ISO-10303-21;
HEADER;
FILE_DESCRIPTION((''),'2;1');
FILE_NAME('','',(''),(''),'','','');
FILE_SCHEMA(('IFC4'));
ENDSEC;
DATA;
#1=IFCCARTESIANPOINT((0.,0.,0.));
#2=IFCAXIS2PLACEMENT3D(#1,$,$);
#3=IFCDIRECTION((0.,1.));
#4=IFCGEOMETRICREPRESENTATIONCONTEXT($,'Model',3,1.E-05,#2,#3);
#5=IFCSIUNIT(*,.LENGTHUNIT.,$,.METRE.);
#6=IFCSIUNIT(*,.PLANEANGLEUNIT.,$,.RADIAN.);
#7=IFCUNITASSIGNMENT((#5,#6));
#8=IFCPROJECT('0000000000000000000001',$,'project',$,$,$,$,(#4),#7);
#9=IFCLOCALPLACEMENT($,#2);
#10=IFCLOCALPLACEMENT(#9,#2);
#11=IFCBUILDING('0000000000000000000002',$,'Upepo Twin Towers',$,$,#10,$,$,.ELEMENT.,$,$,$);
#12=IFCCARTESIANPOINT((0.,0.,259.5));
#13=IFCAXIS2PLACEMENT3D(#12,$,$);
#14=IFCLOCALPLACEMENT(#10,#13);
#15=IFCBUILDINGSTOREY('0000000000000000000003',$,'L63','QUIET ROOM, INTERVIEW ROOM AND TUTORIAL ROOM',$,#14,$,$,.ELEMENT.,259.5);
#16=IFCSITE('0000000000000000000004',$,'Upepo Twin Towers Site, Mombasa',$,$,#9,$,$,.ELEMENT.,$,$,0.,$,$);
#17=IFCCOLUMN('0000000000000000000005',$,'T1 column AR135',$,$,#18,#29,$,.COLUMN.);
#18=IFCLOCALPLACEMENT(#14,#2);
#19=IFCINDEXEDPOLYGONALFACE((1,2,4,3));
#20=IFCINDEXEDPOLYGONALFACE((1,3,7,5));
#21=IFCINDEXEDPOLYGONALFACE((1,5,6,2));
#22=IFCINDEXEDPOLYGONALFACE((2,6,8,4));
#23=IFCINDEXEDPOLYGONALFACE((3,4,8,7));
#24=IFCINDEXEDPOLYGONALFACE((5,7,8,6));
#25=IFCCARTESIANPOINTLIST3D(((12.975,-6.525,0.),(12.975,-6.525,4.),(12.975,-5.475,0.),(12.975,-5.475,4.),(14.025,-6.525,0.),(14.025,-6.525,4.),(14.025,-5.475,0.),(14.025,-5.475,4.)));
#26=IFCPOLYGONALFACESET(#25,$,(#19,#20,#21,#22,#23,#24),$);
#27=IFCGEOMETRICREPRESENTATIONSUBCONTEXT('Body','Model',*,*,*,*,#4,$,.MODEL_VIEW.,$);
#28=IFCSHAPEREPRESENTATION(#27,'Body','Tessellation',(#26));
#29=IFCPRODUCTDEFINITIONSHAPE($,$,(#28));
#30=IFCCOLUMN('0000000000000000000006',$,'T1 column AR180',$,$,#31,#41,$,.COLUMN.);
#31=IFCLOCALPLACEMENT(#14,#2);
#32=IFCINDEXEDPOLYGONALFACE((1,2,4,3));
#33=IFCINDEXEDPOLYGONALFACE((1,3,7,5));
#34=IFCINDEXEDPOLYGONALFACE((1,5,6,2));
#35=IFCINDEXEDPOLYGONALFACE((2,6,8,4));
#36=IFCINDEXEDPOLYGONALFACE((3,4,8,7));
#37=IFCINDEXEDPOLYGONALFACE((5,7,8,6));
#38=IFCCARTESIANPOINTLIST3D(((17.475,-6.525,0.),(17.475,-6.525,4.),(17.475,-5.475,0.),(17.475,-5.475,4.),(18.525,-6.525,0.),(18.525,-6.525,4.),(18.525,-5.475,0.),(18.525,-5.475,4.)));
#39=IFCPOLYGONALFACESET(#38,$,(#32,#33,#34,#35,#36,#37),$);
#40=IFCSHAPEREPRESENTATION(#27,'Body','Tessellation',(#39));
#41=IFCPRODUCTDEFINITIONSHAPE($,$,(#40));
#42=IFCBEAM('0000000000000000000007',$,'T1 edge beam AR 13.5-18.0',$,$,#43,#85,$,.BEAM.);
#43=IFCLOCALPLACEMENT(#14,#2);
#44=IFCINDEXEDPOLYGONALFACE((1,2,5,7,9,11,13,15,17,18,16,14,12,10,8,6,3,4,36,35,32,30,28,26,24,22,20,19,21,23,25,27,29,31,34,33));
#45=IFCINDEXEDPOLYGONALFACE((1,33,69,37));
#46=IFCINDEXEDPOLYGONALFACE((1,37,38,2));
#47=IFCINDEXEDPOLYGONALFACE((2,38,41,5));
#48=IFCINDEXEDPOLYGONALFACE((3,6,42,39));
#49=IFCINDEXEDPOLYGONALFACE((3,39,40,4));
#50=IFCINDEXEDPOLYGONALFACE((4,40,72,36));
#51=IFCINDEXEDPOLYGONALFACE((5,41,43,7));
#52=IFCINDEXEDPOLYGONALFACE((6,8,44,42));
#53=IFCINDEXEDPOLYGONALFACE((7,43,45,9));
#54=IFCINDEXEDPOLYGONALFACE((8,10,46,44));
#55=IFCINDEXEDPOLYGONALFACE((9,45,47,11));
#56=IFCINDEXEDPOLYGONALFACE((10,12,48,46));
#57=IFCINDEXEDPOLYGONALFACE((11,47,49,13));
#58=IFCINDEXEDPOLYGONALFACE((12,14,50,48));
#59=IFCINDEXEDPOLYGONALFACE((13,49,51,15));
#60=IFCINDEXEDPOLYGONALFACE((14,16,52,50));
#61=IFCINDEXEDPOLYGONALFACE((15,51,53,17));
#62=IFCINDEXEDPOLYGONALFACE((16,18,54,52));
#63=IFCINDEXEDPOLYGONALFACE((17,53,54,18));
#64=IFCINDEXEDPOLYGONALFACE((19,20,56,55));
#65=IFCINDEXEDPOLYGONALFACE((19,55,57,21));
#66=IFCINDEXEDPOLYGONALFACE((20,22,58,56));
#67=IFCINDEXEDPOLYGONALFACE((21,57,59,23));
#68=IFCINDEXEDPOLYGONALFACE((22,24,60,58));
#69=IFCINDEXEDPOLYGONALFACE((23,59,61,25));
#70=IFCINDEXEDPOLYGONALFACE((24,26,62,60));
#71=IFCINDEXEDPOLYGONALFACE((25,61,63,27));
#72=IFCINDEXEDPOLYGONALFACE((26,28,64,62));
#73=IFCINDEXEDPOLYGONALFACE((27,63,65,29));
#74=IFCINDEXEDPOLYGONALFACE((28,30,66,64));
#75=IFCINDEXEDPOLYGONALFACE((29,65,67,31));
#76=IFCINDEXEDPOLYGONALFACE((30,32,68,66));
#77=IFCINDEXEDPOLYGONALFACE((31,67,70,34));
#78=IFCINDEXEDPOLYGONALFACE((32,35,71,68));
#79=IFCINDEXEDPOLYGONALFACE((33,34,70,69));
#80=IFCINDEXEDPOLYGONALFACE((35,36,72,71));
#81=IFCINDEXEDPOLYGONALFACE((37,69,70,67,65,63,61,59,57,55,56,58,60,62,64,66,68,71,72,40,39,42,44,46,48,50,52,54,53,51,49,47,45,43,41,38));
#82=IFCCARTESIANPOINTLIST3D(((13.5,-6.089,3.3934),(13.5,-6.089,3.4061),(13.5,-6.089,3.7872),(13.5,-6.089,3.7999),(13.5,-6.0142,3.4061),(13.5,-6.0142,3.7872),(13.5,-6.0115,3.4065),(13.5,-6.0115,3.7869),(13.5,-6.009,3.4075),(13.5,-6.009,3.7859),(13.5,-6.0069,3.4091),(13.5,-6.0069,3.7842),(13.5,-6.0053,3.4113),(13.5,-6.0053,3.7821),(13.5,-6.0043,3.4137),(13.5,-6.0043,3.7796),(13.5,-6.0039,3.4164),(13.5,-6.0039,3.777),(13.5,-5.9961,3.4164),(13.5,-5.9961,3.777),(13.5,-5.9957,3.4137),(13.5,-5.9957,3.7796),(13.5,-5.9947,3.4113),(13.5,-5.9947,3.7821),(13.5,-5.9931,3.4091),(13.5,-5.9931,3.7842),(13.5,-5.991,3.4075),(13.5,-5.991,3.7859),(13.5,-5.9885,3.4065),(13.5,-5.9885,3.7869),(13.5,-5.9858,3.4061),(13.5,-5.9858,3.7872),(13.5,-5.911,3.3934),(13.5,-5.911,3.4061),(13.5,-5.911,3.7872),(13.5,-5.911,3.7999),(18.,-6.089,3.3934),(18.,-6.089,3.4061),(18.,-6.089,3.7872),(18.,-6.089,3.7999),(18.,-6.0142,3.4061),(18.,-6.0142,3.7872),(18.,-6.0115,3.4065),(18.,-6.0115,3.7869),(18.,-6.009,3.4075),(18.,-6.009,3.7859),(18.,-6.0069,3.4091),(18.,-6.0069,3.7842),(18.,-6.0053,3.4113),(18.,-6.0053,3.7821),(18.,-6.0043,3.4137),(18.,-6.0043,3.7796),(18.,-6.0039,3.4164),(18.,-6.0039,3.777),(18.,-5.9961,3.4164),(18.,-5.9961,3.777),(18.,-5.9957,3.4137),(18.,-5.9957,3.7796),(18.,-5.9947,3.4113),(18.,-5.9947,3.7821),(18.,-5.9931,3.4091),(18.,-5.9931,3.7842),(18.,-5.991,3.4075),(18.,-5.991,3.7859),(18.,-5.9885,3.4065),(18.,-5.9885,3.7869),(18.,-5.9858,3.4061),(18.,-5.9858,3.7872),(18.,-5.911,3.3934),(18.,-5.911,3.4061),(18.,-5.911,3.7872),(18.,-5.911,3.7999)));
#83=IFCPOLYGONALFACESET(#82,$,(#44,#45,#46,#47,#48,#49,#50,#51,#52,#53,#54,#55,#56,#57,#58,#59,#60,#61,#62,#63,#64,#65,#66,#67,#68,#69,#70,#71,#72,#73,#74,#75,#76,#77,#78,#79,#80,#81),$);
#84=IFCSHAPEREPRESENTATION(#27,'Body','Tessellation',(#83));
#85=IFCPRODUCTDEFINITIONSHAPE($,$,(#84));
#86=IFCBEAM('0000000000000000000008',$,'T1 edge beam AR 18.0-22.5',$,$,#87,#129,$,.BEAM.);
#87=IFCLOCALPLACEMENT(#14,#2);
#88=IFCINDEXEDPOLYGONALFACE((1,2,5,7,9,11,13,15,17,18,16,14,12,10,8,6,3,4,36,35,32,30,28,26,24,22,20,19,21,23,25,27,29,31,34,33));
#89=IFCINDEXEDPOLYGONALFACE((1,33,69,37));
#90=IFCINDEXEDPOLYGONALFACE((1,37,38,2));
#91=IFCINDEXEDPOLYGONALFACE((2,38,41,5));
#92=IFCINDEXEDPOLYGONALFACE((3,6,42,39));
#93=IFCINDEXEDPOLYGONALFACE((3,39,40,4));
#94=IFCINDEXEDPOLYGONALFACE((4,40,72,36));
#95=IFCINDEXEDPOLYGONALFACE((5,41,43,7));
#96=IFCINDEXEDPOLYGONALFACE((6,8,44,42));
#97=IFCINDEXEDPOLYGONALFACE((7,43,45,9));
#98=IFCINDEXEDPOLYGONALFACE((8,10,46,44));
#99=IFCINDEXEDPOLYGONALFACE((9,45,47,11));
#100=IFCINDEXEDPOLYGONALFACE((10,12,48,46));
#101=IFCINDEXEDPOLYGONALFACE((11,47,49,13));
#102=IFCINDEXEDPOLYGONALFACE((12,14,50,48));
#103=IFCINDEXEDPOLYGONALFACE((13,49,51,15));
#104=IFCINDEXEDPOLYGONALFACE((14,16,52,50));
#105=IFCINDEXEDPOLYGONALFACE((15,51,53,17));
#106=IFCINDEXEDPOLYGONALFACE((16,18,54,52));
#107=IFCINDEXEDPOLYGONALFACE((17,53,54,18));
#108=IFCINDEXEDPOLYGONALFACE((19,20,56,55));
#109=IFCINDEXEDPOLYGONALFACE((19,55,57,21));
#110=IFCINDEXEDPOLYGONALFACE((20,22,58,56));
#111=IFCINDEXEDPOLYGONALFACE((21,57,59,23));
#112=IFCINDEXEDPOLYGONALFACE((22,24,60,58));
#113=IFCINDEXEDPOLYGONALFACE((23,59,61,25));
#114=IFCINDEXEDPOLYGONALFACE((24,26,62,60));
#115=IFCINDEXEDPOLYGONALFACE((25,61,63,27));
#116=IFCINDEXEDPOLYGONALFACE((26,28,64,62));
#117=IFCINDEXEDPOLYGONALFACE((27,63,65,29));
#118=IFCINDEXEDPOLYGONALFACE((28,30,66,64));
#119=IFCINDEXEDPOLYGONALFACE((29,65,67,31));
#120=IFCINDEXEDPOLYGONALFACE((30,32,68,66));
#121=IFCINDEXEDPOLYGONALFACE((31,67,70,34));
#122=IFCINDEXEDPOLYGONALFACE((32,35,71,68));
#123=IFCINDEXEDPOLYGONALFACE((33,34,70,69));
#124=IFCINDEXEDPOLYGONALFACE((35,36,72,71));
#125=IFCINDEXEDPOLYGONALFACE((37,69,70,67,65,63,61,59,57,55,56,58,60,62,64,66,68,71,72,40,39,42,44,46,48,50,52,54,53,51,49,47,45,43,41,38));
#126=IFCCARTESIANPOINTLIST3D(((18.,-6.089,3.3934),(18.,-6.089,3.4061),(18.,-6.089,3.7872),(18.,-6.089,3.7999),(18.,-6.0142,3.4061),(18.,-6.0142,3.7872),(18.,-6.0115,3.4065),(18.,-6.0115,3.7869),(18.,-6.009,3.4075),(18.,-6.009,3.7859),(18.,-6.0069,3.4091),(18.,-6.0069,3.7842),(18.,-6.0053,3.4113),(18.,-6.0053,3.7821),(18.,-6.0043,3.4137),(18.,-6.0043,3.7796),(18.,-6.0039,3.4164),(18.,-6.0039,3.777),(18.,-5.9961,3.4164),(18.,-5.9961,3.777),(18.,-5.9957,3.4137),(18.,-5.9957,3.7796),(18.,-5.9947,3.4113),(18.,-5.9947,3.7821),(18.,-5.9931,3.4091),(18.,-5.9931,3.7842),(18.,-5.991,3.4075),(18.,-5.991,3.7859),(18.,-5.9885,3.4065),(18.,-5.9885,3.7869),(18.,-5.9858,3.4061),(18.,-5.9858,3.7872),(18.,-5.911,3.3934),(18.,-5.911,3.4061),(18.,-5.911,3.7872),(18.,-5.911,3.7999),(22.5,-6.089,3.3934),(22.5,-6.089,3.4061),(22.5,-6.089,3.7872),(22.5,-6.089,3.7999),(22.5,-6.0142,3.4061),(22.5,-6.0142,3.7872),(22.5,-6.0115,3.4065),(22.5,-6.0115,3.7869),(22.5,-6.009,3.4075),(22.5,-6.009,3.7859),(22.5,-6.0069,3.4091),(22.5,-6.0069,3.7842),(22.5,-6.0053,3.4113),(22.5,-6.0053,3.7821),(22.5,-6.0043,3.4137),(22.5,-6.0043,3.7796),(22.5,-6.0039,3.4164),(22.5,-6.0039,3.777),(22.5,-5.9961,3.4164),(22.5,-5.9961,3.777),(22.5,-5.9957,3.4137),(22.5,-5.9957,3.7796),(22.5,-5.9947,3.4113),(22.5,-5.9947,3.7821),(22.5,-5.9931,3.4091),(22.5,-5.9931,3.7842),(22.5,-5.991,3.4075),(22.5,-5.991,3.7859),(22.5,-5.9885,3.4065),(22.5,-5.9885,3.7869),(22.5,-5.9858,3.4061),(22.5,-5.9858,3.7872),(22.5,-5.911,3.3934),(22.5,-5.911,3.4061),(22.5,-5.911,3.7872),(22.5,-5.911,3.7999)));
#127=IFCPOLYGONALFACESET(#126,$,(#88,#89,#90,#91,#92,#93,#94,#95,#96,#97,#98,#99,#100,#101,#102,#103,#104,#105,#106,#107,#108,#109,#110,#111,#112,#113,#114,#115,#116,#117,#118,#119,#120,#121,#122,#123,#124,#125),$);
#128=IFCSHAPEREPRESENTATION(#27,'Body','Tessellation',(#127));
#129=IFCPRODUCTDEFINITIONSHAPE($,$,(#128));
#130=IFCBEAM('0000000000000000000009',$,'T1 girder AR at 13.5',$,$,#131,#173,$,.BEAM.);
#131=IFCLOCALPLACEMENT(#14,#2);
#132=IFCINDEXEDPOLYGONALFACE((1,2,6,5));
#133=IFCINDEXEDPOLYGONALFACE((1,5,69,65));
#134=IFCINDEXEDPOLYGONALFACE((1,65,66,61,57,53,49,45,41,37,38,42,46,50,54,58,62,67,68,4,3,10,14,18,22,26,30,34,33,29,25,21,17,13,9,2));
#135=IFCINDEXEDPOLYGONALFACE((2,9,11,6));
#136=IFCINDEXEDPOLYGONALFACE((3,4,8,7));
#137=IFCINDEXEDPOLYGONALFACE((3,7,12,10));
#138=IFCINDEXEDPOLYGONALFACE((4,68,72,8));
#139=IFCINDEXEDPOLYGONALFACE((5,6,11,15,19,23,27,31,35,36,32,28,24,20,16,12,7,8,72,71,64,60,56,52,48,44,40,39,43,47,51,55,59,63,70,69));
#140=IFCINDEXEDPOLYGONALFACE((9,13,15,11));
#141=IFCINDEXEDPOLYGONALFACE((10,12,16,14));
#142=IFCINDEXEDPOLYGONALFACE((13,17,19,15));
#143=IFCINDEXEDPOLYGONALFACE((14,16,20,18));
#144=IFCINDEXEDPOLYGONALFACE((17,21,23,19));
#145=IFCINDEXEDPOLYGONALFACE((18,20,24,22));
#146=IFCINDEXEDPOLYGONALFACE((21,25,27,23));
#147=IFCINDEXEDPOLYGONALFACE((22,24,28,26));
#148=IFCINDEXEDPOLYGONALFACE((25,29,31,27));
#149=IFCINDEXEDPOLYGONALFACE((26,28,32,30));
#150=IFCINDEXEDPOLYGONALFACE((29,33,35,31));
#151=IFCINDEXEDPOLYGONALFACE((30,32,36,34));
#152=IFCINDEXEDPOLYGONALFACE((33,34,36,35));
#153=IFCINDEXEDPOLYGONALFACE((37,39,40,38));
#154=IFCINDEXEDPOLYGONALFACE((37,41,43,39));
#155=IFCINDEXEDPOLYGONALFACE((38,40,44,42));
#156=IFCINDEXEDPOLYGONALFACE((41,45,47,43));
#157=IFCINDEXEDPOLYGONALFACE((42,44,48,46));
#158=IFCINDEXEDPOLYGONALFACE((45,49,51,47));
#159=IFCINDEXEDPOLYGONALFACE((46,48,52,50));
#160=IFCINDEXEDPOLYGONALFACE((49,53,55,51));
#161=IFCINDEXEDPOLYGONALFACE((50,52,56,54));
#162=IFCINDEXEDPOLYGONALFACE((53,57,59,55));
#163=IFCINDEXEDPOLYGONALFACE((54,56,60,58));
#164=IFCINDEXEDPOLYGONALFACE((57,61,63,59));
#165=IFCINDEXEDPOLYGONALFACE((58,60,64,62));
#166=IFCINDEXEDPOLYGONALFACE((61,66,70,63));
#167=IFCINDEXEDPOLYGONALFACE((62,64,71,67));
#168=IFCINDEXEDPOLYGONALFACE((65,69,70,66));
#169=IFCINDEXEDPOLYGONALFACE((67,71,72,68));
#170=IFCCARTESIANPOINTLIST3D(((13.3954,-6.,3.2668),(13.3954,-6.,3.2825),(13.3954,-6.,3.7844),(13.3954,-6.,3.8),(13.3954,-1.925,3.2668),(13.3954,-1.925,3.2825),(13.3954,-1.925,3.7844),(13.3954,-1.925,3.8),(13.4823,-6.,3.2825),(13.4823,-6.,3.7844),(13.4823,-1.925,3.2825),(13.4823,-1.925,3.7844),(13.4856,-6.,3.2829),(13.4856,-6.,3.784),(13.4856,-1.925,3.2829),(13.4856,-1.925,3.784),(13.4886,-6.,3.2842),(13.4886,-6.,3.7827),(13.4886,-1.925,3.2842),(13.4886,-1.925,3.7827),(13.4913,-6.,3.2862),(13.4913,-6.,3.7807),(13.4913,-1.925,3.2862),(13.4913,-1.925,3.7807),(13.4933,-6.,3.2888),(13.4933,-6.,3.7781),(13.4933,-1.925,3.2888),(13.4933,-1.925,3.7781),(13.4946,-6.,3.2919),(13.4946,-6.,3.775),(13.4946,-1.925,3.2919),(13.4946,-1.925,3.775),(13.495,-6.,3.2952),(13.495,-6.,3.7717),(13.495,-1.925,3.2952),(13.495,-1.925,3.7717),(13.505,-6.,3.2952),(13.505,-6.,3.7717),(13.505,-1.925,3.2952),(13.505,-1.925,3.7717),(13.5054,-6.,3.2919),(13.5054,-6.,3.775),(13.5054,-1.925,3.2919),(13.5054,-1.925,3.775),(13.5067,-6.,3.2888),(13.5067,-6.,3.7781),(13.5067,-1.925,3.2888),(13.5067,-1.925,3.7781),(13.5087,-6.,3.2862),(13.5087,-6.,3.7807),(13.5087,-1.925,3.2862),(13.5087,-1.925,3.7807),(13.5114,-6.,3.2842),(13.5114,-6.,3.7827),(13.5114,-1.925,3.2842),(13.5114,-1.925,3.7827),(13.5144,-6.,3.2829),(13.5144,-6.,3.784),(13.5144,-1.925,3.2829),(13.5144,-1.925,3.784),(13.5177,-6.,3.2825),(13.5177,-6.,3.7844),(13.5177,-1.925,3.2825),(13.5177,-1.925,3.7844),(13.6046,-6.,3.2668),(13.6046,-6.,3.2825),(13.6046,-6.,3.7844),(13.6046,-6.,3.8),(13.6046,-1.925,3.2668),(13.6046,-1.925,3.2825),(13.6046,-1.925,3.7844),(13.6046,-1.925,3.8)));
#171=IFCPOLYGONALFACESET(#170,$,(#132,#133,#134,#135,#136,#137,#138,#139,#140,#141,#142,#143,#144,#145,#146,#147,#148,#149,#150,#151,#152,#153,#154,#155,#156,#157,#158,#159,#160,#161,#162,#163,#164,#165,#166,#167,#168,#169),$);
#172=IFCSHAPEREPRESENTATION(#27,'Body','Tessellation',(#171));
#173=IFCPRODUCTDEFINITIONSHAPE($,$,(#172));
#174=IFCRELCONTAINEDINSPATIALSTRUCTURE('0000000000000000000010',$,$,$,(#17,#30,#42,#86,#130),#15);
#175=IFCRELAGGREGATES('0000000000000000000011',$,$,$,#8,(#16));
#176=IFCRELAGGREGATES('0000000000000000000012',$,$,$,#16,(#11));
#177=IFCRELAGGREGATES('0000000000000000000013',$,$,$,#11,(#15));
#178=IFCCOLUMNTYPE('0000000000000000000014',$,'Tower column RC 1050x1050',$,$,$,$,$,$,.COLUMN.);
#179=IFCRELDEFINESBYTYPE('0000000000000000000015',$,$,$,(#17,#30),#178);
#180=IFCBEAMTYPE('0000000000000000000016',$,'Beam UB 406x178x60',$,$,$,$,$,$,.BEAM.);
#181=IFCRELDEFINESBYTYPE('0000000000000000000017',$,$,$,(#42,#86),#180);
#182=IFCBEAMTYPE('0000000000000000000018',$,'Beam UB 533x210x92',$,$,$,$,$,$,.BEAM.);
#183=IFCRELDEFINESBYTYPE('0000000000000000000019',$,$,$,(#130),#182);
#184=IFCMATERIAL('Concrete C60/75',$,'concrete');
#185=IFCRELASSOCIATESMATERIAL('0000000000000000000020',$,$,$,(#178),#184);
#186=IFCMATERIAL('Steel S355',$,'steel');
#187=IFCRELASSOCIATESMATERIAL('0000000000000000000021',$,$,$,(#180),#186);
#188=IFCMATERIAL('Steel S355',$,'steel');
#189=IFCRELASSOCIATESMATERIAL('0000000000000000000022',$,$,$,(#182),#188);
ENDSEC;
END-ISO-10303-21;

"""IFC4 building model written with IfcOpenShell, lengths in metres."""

from ifc_helpers import new_model, si_unit, direction, frame, origin, origin_2d, place, context, subcontext, project, spatial, rectangle, i_section, extrude, material, material_profile, profile_set, type_object, element, save


model = new_model("IFC4")

# Units and contexts
model_context = context("Model", 3, precision=1e-05, world=origin(), true_north=direction((0.0, 1.0)))
body_context = subcontext(model_context, "Body", "Model", "MODEL_VIEW")
ifc_project = project(units=[si_unit("LENGTHUNIT", "METRE"), si_unit("PLANEANGLEUNIT", "RADIAN")], contexts=[model_context])

# Site, building, storey
site_placement = place(None, origin())
site = spatial("IfcSite", under=ifc_project, at=site_placement, Name="Upepo Twin Towers Site, Mombasa", CompositionType="ELEMENT", RefElevation=0.0)
building_placement = place(site_placement, origin())
building = spatial("IfcBuilding", under=site, at=building_placement, Name="Upepo Twin Towers", CompositionType="ELEMENT")
storey_placement = place(building_placement, frame((0.0, 0.0, 259.5)))
storey = spatial("IfcBuildingStorey", under=building, at=storey_placement, Name="L63", Description="QUIET ROOM, INTERVIEW ROOM AND TUTORIAL ROOM", CompositionType="ELEMENT", Elevation=259.5)

# Columns
ifc_material_1 = material(Name="Concrete C60/75", Category="concrete")
ifc_material_profile_1 = material_profile(ifc_material_1, rectangle(XDim=1.05, YDim=1.05, at=origin_2d()), Name="RC 1050x1050")
ifc_profile_set_1 = profile_set([ifc_material_profile_1], Name="Concrete C60/75")
column_type = type_object("IfcColumnType", Name="Tower column RC 1050x1050", PredefinedType="COLUMN", material=ifc_profile_set_1)
for number, where, z_axis, x_axis, name in (
    (1, (13.5, -6.0, 0.0), (0.0, 0.0, 1.0), (1.0, 0.0, 0.0), "T1 column AR135"),
    (2, (18.0, -6.0, 0.0), (0.0, 0.0, 1.0), (1.0, 0.0, 0.0), "T1 column AR180"),
):
    element("IfcColumn", number, at=place(storey_placement, frame(where, z_axis=z_axis, x_axis=x_axis)), inside=storey, type_object=column_type, Name=name, PredefinedType="COLUMN", context=body_context, shape_type="SweptSolid", body=[
        extrude(rectangle(XDim=1.05, YDim=1.05, at=origin_2d()), origin(), (0.0, 0.0, 1.0), 4.0),
    ])

# Beams
ifc_material_2 = material(Name="Steel S355", Category="steel")
ifc_material_profile_2 = material_profile(ifc_material_2, i_section(OverallWidth=0.178, OverallDepth=0.4065, WebThickness=0.0078, FlangeThickness=0.0127, FilletRadius=0.0103, at=origin_2d()), Name="UB 406x178x60")
ifc_profile_set_2 = profile_set([ifc_material_profile_2], Name="Steel S355")
beam_type_1 = type_object("IfcBeamType", Name="Beam UB 406x178x60", PredefinedType="BEAM", material=ifc_profile_set_2)
for number, where, z_axis, x_axis, name in (
    (3, (13.5, -6.0, 3.5967), (1.0, 0.0, 0.0), (0.0, 1.0, 0.0), "T1 edge beam AR 13.5-18.0"),
    (4, (18.0, -6.0, 3.5967), (1.0, 0.0, 0.0), (0.0, 1.0, 0.0), "T1 edge beam AR 18.0-22.5"),
):
    element("IfcBeam", number, at=place(storey_placement, frame(where, z_axis=z_axis, x_axis=x_axis)), inside=storey, type_object=beam_type_1, Name=name, PredefinedType="BEAM", context=body_context, shape_type="SweptSolid", body=[
        extrude(i_section(OverallWidth=0.178, OverallDepth=0.4065, WebThickness=0.0078, FlangeThickness=0.0127, FilletRadius=0.0103, at=origin_2d()), origin(), (0.0, 0.0, 1.0), 4.5),
    ])
ifc_material_3 = material(Name="Steel S355", Category="steel")
ifc_material_profile_3 = material_profile(ifc_material_3, i_section(OverallWidth=0.2092, OverallDepth=0.5332, WebThickness=0.01, FlangeThickness=0.0156, FilletRadius=0.0127, at=origin_2d()), Name="UB 533x210x92")
ifc_profile_set_3 = profile_set([ifc_material_profile_3], Name="Steel S355")
beam_type_2 = type_object("IfcBeamType", Name="Beam UB 533x210x92", PredefinedType="BEAM", material=ifc_profile_set_3)
for number, where, z_axis, x_axis, name in (
    (5, (13.5, -6.0, 3.5334), (0.0, 1.0, 0.0), (-1.0, 0.0, 0.0), "T1 girder AR at 13.5"),
):
    element("IfcBeam", number, at=place(storey_placement, frame(where, z_axis=z_axis, x_axis=x_axis)), inside=storey, type_object=beam_type_2, Name=name, PredefinedType="BEAM", context=body_context, shape_type="SweptSolid", body=[
        extrude(i_section(OverallWidth=0.2092, OverallDepth=0.5332, WebThickness=0.01, FlangeThickness=0.0156, FilletRadius=0.0127, at=origin_2d()), origin(), (0.0, 0.0, 1.0), 4.075),
    ])

save(model, "model.ifc")
